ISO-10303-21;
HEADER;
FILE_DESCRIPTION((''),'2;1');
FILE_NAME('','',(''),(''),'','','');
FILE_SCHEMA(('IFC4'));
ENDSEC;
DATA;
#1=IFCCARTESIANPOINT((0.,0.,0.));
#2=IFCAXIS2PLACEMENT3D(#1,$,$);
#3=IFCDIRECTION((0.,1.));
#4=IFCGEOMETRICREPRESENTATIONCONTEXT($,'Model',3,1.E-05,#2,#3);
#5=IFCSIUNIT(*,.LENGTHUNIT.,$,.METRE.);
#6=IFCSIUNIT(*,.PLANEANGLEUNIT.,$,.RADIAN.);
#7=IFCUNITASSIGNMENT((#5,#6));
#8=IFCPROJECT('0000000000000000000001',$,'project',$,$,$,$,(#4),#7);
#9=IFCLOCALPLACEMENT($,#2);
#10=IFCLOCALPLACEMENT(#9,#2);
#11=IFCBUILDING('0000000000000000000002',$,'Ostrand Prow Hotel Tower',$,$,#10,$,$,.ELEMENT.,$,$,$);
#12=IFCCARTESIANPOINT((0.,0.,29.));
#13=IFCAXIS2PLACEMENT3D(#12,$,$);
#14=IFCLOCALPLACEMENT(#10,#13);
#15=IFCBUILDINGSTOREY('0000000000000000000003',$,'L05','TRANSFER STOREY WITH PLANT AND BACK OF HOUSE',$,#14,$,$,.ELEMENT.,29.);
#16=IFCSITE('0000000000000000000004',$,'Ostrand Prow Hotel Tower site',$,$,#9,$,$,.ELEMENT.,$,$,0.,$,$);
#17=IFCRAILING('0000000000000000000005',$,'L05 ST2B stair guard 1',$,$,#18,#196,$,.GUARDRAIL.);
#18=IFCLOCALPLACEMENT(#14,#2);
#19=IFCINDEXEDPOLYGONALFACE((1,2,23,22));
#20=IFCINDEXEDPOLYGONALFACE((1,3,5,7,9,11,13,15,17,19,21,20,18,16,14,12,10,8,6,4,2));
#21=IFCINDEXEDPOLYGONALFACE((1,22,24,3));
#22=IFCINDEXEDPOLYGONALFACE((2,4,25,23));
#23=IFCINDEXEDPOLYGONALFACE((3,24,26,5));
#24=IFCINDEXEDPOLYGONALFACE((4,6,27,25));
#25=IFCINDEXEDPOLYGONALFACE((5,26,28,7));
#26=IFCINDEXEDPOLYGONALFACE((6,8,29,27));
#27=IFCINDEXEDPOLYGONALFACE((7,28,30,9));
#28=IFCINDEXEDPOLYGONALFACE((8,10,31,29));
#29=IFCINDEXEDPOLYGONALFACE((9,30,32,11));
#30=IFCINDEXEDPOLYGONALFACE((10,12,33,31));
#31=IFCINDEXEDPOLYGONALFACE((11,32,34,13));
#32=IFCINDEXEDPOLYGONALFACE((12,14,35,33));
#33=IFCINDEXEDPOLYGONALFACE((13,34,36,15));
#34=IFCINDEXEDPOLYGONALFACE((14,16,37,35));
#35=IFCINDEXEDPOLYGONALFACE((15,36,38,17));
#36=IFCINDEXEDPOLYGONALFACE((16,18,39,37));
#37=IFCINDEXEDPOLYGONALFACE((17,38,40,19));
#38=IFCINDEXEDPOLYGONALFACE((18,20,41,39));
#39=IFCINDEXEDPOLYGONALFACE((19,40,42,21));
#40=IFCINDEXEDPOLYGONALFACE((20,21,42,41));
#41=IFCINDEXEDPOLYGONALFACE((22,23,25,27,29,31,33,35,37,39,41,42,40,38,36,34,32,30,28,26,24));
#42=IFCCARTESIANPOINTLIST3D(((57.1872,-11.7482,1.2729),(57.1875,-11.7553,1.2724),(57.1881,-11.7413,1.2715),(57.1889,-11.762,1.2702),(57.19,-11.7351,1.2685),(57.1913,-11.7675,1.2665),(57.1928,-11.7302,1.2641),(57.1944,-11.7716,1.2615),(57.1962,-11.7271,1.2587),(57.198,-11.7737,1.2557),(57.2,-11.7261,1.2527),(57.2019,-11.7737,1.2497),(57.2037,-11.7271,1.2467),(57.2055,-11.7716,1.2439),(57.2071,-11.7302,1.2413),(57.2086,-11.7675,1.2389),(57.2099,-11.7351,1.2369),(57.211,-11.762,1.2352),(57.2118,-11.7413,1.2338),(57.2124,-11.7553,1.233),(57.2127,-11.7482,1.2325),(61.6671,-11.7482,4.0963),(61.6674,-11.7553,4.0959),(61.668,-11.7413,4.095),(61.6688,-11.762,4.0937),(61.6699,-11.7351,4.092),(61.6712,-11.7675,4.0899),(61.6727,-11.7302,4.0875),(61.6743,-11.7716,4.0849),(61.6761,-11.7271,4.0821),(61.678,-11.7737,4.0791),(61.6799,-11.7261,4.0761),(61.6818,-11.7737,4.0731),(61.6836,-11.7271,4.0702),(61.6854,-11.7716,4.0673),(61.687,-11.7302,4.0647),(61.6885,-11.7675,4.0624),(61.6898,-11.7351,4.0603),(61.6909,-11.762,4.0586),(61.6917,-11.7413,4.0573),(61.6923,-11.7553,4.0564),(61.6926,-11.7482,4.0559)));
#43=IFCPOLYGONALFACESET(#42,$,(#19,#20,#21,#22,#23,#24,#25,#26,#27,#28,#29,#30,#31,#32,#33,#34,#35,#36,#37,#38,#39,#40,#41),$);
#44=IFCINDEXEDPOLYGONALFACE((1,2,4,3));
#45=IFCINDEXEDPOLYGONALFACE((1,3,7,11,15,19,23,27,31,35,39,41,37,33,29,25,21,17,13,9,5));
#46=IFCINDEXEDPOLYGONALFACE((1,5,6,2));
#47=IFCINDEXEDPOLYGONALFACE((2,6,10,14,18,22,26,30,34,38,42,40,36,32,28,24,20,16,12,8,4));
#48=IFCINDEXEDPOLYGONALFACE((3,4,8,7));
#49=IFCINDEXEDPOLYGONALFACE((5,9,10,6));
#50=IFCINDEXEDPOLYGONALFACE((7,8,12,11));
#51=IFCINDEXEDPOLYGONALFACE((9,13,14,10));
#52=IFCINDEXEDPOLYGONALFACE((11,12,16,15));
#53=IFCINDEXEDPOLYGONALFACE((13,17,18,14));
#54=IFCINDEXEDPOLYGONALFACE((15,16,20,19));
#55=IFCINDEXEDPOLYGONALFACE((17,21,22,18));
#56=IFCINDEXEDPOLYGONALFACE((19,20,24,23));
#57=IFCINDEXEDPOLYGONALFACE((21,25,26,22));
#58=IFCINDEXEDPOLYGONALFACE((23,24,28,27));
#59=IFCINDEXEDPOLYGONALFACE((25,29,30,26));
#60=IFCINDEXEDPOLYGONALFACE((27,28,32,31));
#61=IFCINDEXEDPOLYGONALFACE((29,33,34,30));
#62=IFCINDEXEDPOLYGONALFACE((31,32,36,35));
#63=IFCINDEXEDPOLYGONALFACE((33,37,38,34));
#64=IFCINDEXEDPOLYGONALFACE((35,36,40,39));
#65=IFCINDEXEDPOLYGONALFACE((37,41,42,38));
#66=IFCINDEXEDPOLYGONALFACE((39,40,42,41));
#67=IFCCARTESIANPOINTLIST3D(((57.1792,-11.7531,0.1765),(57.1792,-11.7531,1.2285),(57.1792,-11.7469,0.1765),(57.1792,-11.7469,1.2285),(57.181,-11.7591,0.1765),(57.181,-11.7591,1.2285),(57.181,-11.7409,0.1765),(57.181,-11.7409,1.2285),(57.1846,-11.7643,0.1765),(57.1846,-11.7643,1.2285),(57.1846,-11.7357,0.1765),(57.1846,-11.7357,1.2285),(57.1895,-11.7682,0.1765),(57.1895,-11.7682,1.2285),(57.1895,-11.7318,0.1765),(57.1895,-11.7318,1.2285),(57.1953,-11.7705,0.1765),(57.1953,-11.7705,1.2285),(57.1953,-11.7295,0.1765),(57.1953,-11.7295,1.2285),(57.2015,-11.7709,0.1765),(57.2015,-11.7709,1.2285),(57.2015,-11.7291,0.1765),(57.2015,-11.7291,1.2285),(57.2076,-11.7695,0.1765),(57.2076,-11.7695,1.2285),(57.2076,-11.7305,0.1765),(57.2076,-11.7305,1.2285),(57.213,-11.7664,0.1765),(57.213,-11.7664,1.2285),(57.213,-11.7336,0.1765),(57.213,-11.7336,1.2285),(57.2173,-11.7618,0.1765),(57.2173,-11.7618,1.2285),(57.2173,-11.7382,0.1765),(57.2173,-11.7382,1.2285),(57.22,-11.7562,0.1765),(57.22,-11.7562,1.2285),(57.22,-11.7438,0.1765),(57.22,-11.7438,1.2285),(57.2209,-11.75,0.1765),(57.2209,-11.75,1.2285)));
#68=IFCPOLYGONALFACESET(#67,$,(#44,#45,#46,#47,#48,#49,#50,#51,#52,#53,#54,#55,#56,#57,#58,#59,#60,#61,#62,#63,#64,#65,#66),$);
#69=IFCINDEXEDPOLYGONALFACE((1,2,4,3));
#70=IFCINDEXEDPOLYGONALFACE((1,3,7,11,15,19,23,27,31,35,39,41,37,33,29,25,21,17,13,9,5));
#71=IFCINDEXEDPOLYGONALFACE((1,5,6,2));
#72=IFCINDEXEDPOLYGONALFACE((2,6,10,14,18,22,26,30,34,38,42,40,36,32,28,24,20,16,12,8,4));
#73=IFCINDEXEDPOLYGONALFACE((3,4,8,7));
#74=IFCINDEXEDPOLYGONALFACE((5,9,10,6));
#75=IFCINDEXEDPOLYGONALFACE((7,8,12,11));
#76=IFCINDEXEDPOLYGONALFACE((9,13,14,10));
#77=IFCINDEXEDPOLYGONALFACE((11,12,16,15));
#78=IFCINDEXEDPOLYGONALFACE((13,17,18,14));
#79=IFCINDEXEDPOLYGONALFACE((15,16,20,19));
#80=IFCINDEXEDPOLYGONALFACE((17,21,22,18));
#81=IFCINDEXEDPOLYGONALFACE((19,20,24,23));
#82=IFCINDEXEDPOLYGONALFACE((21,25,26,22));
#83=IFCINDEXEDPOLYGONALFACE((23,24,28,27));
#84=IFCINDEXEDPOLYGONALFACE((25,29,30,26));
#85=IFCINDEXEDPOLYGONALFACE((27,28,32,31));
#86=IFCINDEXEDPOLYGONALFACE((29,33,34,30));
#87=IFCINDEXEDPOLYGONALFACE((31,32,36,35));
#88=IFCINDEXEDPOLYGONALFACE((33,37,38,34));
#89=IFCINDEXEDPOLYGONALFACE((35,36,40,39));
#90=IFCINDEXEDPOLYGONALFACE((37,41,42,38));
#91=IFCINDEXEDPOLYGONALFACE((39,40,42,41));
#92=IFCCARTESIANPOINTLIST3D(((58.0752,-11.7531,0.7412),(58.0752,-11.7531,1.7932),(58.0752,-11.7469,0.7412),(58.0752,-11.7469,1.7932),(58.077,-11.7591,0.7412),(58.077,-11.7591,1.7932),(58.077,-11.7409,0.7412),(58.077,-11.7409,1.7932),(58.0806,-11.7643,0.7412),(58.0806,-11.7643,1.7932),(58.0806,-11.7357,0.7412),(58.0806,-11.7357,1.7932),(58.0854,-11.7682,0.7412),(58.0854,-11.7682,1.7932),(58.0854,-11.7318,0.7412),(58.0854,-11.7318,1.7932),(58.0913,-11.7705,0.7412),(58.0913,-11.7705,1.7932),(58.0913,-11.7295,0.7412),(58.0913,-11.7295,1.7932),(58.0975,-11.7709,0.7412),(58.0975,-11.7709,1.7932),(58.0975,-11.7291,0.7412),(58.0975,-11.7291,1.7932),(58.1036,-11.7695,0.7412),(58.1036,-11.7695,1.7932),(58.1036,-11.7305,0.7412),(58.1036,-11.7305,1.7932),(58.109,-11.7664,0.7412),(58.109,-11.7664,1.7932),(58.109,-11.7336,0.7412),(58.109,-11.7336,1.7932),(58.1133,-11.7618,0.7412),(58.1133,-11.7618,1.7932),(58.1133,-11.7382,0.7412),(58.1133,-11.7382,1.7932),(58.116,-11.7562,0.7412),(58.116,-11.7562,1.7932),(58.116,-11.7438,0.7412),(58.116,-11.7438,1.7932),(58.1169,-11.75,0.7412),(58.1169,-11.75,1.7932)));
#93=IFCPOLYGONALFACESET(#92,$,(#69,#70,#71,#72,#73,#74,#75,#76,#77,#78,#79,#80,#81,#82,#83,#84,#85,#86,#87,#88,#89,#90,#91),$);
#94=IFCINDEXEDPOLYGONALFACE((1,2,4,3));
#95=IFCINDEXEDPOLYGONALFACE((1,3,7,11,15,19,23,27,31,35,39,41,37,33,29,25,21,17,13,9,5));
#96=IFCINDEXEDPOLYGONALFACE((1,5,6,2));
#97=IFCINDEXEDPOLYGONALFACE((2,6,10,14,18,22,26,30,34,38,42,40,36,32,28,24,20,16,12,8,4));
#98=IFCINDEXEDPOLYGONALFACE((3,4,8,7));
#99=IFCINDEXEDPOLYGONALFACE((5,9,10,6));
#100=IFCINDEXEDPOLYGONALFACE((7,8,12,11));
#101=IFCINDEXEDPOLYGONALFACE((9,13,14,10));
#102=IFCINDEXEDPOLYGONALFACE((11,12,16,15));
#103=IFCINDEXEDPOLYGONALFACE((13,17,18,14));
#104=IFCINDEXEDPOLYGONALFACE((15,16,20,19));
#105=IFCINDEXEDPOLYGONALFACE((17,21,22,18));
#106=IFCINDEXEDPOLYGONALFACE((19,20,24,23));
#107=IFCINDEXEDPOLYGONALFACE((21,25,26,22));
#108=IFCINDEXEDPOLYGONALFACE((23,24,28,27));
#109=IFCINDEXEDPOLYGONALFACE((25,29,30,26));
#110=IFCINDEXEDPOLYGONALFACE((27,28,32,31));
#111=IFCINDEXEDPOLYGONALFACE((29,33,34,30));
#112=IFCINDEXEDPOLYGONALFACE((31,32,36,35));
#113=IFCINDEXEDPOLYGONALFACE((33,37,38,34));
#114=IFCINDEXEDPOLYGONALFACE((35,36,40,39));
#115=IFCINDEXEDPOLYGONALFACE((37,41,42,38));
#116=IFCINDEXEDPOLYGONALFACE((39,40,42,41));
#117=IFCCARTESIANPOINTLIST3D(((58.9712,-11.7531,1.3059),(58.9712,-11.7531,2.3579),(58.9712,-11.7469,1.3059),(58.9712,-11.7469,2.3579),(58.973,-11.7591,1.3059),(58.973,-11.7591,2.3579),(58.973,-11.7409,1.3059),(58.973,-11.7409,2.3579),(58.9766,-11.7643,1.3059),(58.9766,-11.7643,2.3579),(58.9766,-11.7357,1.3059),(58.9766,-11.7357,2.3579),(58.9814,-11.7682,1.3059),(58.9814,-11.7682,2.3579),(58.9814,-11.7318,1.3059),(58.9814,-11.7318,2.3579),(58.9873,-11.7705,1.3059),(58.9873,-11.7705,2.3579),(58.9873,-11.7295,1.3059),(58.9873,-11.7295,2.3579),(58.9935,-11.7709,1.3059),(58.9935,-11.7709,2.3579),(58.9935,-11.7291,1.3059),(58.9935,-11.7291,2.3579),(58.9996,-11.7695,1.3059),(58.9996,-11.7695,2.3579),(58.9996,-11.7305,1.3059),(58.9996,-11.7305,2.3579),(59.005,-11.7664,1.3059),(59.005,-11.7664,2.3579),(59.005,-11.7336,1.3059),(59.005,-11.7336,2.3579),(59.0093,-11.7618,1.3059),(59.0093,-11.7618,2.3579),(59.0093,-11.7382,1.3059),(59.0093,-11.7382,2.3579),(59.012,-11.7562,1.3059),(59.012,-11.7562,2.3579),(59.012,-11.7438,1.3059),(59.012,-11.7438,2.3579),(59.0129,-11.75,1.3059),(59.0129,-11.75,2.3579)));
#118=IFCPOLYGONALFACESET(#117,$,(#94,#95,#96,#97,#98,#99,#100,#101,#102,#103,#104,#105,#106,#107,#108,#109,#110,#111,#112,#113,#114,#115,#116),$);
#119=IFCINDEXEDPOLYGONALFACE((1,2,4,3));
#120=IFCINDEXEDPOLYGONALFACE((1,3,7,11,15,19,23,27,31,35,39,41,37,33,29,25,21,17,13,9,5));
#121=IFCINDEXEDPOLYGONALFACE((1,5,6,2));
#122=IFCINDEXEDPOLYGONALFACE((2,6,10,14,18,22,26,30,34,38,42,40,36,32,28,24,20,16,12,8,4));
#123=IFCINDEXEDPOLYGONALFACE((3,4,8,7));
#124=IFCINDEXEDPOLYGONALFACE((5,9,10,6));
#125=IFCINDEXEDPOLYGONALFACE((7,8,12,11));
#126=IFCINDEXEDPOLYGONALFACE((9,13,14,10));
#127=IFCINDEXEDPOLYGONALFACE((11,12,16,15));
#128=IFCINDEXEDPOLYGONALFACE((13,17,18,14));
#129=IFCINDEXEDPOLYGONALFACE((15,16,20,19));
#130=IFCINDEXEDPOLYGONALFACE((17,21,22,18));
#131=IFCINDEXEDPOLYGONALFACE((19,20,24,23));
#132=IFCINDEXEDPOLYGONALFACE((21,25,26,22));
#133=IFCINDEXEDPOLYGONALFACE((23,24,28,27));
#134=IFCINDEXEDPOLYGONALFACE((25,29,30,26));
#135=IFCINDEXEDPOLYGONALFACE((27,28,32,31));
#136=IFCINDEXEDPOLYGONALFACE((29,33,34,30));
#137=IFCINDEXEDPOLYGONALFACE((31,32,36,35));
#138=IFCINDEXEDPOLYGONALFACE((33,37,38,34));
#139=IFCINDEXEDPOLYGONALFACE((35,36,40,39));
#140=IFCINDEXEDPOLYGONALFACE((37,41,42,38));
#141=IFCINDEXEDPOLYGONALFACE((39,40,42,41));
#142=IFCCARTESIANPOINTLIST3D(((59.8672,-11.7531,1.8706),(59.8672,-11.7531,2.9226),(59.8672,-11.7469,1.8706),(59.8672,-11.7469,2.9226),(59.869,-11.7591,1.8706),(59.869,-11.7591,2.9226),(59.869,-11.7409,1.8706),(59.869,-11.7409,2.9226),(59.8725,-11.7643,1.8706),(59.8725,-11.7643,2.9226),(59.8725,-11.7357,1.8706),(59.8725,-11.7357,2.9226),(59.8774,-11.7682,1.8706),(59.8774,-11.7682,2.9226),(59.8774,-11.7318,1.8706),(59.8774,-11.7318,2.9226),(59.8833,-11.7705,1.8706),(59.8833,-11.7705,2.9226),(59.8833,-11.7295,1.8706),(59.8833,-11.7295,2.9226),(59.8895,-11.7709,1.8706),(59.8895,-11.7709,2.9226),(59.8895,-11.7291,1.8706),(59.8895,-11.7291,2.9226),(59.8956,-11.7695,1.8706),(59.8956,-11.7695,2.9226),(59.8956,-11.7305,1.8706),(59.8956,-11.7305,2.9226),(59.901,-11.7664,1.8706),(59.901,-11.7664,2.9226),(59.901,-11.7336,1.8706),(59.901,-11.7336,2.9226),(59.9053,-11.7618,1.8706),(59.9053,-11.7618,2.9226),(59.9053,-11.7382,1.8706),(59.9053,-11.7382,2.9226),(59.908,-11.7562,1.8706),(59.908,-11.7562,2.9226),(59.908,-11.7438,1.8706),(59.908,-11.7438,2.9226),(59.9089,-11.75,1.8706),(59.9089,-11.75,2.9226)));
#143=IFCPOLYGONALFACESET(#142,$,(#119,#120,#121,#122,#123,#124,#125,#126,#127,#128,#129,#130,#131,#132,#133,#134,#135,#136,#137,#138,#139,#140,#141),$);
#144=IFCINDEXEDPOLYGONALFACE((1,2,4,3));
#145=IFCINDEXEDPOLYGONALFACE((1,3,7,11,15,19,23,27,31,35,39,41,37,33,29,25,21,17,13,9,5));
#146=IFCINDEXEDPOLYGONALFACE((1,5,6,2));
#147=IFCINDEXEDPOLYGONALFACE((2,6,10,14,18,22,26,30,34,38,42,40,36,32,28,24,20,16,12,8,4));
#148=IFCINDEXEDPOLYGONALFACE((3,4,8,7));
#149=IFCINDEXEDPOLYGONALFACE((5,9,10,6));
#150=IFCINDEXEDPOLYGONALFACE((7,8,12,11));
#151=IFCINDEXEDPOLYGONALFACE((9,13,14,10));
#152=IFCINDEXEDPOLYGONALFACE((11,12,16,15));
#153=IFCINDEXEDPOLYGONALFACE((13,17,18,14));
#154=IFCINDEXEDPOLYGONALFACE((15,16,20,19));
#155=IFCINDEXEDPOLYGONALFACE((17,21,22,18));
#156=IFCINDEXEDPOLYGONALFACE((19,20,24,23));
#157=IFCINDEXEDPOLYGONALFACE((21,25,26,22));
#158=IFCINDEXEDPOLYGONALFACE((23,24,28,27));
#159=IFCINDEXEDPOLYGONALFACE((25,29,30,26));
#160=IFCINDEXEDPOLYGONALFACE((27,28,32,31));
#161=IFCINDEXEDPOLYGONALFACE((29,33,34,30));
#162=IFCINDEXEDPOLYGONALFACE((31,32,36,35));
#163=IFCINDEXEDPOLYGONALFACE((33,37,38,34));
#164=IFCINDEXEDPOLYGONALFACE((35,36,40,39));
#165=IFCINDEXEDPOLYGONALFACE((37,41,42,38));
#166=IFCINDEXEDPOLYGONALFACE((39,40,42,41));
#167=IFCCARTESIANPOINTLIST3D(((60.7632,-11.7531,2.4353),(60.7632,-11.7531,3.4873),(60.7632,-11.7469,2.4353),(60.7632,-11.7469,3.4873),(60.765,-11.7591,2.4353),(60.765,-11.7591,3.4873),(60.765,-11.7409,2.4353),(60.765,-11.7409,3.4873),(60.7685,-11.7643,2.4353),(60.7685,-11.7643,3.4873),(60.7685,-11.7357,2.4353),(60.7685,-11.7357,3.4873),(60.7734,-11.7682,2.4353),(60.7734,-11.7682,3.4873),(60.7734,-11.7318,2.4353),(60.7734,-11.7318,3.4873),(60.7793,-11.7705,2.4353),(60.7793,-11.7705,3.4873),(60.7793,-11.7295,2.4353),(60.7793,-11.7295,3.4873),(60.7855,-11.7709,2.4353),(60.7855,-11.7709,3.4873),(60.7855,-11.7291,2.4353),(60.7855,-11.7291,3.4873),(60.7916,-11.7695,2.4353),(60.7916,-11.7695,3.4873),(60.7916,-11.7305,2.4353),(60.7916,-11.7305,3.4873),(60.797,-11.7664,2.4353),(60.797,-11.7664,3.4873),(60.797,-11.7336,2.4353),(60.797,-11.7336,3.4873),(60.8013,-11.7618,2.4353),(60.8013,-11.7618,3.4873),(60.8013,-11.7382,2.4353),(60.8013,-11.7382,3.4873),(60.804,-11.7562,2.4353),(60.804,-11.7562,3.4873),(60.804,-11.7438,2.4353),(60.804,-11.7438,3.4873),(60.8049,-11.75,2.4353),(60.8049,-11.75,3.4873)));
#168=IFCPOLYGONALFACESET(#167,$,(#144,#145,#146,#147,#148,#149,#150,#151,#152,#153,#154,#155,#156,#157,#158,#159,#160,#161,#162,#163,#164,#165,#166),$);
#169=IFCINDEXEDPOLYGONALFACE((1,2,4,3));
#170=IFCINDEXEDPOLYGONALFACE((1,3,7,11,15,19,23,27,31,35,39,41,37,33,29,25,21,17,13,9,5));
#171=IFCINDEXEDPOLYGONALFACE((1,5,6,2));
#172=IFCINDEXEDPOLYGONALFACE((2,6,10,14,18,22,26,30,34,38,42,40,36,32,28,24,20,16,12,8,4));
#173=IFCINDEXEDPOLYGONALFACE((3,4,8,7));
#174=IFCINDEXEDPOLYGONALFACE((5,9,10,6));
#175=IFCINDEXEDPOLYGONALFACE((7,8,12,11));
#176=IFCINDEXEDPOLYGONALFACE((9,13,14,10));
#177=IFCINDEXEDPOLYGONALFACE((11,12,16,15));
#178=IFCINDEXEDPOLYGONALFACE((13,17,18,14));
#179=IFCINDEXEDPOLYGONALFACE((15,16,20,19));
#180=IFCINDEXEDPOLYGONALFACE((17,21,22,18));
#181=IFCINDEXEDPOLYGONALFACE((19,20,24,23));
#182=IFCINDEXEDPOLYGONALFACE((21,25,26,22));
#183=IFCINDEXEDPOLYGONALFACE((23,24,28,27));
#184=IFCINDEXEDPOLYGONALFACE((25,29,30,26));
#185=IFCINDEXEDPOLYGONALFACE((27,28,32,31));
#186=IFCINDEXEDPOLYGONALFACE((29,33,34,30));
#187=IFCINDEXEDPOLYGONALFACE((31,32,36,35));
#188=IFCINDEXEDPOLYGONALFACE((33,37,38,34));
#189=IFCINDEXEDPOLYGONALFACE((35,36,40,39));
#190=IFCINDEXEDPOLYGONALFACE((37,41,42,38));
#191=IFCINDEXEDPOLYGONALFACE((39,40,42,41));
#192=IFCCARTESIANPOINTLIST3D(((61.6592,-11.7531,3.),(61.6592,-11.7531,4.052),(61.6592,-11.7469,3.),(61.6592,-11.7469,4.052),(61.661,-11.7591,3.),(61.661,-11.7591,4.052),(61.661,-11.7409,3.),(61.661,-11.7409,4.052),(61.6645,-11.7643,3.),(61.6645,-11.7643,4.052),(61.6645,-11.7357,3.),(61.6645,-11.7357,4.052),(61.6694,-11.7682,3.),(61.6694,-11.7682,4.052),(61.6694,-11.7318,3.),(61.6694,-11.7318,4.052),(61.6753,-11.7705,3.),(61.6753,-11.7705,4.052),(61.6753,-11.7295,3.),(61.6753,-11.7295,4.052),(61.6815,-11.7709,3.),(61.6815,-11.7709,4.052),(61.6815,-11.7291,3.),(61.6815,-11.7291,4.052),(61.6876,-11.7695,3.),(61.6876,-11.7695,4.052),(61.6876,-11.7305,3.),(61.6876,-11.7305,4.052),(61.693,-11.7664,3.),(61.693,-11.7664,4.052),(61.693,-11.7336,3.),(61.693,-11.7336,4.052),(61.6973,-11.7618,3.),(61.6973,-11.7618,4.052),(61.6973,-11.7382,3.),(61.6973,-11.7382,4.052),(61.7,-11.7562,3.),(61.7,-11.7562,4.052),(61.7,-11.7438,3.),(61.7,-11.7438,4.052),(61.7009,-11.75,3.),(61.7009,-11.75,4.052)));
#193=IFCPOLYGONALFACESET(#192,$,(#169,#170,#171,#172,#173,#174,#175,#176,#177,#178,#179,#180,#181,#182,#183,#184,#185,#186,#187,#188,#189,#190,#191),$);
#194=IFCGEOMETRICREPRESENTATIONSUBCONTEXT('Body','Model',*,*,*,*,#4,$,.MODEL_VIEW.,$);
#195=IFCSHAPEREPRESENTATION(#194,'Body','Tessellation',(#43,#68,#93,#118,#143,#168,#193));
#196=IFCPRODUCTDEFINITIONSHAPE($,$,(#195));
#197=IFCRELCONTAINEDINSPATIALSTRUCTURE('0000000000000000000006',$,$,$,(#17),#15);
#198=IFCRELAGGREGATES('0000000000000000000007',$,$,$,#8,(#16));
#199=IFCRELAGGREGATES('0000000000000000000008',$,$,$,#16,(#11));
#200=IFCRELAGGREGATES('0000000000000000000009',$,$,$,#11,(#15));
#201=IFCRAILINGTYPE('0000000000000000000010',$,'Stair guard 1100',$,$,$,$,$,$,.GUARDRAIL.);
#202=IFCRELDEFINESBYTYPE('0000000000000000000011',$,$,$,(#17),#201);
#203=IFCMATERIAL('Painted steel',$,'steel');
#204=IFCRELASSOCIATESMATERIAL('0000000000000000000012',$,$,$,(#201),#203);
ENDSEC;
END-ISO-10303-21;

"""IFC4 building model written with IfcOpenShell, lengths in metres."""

from ifc_helpers import new_model, si_unit, direction, frame, origin, origin_2d, place, context, subcontext, project, spatial, circle, extrude, material, type_object, element, save


model = new_model("IFC4")

# Units and contexts
model_context = context("Model", 3, precision=1e-05, world=origin(), true_north=direction((0.0, 1.0)))
body_context = subcontext(model_context, "Body", "Model", "MODEL_VIEW")
ifc_project = project(units=[si_unit("LENGTHUNIT", "METRE"), si_unit("PLANEANGLEUNIT", "RADIAN")], contexts=[model_context])

# Site, building, storey
site_placement = place(None, origin())
site = spatial("IfcSite", under=ifc_project, at=site_placement, Name="Ostrand Prow Hotel Tower site", CompositionType="ELEMENT", RefElevation=0.0)
building_placement = place(site_placement, origin())
building = spatial("IfcBuilding", under=site, at=building_placement, Name="Ostrand Prow Hotel Tower", CompositionType="ELEMENT")
storey_placement = place(building_placement, frame((0.0, 0.0, 29.0)))
storey = spatial("IfcBuildingStorey", under=building, at=storey_placement, Name="L05", Description="TRANSFER STOREY WITH PLANT AND BACK OF HOUSE", CompositionType="ELEMENT", Elevation=29.0)

# Railing
ifc_material_1 = material(Name="Painted steel", Category="steel")
railing_type_1 = type_object("IfcRailingType", Name="Stair guard 1100", PredefinedType="GUARDRAIL", material=ifc_material_1)
railing_1_placement = place(storey_placement, frame((57.2, -11.75, 0.1765)))
element("IfcRailing", 1, at=railing_1_placement, inside=storey, type_object=railing_type_1, Name="L05 ST2B stair guard 1", PredefinedType="GUARDRAIL", context=body_context, shape_type="SweptSolid", body=[
    extrude(circle(Radius=0.0239, at=origin_2d()), frame((0.0, 0.0, 1.0762), z_axis=(0.845998, 0.0, 0.533186), x_axis=(0.0, 1.0, 0.0)), (0.0, 0.0, 1.0), 5.2954),
    extrude(circle(Radius=0.021, at=origin_2d()), origin(), (0.0, 0.0, 1.0), 1.052),
    extrude(circle(Radius=0.021, at=origin_2d()), frame((0.896, 0.0, 0.5647)), (0.0, 0.0, 1.0), 1.052),
    extrude(circle(Radius=0.021, at=origin_2d()), frame((1.792, 0.0, 1.1294)), (0.0, 0.0, 1.0), 1.052),
    extrude(circle(Radius=0.021, at=origin_2d()), frame((2.688, 0.0, 1.6941)), (0.0, 0.0, 1.0), 1.052),
    extrude(circle(Radius=0.021, at=origin_2d()), frame((3.584, 0.0, 2.2588)), (0.0, 0.0, 1.0), 1.052),
    extrude(circle(Radius=0.021, at=origin_2d()), frame((4.48, 0.0, 2.8235)), (0.0, 0.0, 1.0), 1.052),
])

save(model, "model.ifc")
